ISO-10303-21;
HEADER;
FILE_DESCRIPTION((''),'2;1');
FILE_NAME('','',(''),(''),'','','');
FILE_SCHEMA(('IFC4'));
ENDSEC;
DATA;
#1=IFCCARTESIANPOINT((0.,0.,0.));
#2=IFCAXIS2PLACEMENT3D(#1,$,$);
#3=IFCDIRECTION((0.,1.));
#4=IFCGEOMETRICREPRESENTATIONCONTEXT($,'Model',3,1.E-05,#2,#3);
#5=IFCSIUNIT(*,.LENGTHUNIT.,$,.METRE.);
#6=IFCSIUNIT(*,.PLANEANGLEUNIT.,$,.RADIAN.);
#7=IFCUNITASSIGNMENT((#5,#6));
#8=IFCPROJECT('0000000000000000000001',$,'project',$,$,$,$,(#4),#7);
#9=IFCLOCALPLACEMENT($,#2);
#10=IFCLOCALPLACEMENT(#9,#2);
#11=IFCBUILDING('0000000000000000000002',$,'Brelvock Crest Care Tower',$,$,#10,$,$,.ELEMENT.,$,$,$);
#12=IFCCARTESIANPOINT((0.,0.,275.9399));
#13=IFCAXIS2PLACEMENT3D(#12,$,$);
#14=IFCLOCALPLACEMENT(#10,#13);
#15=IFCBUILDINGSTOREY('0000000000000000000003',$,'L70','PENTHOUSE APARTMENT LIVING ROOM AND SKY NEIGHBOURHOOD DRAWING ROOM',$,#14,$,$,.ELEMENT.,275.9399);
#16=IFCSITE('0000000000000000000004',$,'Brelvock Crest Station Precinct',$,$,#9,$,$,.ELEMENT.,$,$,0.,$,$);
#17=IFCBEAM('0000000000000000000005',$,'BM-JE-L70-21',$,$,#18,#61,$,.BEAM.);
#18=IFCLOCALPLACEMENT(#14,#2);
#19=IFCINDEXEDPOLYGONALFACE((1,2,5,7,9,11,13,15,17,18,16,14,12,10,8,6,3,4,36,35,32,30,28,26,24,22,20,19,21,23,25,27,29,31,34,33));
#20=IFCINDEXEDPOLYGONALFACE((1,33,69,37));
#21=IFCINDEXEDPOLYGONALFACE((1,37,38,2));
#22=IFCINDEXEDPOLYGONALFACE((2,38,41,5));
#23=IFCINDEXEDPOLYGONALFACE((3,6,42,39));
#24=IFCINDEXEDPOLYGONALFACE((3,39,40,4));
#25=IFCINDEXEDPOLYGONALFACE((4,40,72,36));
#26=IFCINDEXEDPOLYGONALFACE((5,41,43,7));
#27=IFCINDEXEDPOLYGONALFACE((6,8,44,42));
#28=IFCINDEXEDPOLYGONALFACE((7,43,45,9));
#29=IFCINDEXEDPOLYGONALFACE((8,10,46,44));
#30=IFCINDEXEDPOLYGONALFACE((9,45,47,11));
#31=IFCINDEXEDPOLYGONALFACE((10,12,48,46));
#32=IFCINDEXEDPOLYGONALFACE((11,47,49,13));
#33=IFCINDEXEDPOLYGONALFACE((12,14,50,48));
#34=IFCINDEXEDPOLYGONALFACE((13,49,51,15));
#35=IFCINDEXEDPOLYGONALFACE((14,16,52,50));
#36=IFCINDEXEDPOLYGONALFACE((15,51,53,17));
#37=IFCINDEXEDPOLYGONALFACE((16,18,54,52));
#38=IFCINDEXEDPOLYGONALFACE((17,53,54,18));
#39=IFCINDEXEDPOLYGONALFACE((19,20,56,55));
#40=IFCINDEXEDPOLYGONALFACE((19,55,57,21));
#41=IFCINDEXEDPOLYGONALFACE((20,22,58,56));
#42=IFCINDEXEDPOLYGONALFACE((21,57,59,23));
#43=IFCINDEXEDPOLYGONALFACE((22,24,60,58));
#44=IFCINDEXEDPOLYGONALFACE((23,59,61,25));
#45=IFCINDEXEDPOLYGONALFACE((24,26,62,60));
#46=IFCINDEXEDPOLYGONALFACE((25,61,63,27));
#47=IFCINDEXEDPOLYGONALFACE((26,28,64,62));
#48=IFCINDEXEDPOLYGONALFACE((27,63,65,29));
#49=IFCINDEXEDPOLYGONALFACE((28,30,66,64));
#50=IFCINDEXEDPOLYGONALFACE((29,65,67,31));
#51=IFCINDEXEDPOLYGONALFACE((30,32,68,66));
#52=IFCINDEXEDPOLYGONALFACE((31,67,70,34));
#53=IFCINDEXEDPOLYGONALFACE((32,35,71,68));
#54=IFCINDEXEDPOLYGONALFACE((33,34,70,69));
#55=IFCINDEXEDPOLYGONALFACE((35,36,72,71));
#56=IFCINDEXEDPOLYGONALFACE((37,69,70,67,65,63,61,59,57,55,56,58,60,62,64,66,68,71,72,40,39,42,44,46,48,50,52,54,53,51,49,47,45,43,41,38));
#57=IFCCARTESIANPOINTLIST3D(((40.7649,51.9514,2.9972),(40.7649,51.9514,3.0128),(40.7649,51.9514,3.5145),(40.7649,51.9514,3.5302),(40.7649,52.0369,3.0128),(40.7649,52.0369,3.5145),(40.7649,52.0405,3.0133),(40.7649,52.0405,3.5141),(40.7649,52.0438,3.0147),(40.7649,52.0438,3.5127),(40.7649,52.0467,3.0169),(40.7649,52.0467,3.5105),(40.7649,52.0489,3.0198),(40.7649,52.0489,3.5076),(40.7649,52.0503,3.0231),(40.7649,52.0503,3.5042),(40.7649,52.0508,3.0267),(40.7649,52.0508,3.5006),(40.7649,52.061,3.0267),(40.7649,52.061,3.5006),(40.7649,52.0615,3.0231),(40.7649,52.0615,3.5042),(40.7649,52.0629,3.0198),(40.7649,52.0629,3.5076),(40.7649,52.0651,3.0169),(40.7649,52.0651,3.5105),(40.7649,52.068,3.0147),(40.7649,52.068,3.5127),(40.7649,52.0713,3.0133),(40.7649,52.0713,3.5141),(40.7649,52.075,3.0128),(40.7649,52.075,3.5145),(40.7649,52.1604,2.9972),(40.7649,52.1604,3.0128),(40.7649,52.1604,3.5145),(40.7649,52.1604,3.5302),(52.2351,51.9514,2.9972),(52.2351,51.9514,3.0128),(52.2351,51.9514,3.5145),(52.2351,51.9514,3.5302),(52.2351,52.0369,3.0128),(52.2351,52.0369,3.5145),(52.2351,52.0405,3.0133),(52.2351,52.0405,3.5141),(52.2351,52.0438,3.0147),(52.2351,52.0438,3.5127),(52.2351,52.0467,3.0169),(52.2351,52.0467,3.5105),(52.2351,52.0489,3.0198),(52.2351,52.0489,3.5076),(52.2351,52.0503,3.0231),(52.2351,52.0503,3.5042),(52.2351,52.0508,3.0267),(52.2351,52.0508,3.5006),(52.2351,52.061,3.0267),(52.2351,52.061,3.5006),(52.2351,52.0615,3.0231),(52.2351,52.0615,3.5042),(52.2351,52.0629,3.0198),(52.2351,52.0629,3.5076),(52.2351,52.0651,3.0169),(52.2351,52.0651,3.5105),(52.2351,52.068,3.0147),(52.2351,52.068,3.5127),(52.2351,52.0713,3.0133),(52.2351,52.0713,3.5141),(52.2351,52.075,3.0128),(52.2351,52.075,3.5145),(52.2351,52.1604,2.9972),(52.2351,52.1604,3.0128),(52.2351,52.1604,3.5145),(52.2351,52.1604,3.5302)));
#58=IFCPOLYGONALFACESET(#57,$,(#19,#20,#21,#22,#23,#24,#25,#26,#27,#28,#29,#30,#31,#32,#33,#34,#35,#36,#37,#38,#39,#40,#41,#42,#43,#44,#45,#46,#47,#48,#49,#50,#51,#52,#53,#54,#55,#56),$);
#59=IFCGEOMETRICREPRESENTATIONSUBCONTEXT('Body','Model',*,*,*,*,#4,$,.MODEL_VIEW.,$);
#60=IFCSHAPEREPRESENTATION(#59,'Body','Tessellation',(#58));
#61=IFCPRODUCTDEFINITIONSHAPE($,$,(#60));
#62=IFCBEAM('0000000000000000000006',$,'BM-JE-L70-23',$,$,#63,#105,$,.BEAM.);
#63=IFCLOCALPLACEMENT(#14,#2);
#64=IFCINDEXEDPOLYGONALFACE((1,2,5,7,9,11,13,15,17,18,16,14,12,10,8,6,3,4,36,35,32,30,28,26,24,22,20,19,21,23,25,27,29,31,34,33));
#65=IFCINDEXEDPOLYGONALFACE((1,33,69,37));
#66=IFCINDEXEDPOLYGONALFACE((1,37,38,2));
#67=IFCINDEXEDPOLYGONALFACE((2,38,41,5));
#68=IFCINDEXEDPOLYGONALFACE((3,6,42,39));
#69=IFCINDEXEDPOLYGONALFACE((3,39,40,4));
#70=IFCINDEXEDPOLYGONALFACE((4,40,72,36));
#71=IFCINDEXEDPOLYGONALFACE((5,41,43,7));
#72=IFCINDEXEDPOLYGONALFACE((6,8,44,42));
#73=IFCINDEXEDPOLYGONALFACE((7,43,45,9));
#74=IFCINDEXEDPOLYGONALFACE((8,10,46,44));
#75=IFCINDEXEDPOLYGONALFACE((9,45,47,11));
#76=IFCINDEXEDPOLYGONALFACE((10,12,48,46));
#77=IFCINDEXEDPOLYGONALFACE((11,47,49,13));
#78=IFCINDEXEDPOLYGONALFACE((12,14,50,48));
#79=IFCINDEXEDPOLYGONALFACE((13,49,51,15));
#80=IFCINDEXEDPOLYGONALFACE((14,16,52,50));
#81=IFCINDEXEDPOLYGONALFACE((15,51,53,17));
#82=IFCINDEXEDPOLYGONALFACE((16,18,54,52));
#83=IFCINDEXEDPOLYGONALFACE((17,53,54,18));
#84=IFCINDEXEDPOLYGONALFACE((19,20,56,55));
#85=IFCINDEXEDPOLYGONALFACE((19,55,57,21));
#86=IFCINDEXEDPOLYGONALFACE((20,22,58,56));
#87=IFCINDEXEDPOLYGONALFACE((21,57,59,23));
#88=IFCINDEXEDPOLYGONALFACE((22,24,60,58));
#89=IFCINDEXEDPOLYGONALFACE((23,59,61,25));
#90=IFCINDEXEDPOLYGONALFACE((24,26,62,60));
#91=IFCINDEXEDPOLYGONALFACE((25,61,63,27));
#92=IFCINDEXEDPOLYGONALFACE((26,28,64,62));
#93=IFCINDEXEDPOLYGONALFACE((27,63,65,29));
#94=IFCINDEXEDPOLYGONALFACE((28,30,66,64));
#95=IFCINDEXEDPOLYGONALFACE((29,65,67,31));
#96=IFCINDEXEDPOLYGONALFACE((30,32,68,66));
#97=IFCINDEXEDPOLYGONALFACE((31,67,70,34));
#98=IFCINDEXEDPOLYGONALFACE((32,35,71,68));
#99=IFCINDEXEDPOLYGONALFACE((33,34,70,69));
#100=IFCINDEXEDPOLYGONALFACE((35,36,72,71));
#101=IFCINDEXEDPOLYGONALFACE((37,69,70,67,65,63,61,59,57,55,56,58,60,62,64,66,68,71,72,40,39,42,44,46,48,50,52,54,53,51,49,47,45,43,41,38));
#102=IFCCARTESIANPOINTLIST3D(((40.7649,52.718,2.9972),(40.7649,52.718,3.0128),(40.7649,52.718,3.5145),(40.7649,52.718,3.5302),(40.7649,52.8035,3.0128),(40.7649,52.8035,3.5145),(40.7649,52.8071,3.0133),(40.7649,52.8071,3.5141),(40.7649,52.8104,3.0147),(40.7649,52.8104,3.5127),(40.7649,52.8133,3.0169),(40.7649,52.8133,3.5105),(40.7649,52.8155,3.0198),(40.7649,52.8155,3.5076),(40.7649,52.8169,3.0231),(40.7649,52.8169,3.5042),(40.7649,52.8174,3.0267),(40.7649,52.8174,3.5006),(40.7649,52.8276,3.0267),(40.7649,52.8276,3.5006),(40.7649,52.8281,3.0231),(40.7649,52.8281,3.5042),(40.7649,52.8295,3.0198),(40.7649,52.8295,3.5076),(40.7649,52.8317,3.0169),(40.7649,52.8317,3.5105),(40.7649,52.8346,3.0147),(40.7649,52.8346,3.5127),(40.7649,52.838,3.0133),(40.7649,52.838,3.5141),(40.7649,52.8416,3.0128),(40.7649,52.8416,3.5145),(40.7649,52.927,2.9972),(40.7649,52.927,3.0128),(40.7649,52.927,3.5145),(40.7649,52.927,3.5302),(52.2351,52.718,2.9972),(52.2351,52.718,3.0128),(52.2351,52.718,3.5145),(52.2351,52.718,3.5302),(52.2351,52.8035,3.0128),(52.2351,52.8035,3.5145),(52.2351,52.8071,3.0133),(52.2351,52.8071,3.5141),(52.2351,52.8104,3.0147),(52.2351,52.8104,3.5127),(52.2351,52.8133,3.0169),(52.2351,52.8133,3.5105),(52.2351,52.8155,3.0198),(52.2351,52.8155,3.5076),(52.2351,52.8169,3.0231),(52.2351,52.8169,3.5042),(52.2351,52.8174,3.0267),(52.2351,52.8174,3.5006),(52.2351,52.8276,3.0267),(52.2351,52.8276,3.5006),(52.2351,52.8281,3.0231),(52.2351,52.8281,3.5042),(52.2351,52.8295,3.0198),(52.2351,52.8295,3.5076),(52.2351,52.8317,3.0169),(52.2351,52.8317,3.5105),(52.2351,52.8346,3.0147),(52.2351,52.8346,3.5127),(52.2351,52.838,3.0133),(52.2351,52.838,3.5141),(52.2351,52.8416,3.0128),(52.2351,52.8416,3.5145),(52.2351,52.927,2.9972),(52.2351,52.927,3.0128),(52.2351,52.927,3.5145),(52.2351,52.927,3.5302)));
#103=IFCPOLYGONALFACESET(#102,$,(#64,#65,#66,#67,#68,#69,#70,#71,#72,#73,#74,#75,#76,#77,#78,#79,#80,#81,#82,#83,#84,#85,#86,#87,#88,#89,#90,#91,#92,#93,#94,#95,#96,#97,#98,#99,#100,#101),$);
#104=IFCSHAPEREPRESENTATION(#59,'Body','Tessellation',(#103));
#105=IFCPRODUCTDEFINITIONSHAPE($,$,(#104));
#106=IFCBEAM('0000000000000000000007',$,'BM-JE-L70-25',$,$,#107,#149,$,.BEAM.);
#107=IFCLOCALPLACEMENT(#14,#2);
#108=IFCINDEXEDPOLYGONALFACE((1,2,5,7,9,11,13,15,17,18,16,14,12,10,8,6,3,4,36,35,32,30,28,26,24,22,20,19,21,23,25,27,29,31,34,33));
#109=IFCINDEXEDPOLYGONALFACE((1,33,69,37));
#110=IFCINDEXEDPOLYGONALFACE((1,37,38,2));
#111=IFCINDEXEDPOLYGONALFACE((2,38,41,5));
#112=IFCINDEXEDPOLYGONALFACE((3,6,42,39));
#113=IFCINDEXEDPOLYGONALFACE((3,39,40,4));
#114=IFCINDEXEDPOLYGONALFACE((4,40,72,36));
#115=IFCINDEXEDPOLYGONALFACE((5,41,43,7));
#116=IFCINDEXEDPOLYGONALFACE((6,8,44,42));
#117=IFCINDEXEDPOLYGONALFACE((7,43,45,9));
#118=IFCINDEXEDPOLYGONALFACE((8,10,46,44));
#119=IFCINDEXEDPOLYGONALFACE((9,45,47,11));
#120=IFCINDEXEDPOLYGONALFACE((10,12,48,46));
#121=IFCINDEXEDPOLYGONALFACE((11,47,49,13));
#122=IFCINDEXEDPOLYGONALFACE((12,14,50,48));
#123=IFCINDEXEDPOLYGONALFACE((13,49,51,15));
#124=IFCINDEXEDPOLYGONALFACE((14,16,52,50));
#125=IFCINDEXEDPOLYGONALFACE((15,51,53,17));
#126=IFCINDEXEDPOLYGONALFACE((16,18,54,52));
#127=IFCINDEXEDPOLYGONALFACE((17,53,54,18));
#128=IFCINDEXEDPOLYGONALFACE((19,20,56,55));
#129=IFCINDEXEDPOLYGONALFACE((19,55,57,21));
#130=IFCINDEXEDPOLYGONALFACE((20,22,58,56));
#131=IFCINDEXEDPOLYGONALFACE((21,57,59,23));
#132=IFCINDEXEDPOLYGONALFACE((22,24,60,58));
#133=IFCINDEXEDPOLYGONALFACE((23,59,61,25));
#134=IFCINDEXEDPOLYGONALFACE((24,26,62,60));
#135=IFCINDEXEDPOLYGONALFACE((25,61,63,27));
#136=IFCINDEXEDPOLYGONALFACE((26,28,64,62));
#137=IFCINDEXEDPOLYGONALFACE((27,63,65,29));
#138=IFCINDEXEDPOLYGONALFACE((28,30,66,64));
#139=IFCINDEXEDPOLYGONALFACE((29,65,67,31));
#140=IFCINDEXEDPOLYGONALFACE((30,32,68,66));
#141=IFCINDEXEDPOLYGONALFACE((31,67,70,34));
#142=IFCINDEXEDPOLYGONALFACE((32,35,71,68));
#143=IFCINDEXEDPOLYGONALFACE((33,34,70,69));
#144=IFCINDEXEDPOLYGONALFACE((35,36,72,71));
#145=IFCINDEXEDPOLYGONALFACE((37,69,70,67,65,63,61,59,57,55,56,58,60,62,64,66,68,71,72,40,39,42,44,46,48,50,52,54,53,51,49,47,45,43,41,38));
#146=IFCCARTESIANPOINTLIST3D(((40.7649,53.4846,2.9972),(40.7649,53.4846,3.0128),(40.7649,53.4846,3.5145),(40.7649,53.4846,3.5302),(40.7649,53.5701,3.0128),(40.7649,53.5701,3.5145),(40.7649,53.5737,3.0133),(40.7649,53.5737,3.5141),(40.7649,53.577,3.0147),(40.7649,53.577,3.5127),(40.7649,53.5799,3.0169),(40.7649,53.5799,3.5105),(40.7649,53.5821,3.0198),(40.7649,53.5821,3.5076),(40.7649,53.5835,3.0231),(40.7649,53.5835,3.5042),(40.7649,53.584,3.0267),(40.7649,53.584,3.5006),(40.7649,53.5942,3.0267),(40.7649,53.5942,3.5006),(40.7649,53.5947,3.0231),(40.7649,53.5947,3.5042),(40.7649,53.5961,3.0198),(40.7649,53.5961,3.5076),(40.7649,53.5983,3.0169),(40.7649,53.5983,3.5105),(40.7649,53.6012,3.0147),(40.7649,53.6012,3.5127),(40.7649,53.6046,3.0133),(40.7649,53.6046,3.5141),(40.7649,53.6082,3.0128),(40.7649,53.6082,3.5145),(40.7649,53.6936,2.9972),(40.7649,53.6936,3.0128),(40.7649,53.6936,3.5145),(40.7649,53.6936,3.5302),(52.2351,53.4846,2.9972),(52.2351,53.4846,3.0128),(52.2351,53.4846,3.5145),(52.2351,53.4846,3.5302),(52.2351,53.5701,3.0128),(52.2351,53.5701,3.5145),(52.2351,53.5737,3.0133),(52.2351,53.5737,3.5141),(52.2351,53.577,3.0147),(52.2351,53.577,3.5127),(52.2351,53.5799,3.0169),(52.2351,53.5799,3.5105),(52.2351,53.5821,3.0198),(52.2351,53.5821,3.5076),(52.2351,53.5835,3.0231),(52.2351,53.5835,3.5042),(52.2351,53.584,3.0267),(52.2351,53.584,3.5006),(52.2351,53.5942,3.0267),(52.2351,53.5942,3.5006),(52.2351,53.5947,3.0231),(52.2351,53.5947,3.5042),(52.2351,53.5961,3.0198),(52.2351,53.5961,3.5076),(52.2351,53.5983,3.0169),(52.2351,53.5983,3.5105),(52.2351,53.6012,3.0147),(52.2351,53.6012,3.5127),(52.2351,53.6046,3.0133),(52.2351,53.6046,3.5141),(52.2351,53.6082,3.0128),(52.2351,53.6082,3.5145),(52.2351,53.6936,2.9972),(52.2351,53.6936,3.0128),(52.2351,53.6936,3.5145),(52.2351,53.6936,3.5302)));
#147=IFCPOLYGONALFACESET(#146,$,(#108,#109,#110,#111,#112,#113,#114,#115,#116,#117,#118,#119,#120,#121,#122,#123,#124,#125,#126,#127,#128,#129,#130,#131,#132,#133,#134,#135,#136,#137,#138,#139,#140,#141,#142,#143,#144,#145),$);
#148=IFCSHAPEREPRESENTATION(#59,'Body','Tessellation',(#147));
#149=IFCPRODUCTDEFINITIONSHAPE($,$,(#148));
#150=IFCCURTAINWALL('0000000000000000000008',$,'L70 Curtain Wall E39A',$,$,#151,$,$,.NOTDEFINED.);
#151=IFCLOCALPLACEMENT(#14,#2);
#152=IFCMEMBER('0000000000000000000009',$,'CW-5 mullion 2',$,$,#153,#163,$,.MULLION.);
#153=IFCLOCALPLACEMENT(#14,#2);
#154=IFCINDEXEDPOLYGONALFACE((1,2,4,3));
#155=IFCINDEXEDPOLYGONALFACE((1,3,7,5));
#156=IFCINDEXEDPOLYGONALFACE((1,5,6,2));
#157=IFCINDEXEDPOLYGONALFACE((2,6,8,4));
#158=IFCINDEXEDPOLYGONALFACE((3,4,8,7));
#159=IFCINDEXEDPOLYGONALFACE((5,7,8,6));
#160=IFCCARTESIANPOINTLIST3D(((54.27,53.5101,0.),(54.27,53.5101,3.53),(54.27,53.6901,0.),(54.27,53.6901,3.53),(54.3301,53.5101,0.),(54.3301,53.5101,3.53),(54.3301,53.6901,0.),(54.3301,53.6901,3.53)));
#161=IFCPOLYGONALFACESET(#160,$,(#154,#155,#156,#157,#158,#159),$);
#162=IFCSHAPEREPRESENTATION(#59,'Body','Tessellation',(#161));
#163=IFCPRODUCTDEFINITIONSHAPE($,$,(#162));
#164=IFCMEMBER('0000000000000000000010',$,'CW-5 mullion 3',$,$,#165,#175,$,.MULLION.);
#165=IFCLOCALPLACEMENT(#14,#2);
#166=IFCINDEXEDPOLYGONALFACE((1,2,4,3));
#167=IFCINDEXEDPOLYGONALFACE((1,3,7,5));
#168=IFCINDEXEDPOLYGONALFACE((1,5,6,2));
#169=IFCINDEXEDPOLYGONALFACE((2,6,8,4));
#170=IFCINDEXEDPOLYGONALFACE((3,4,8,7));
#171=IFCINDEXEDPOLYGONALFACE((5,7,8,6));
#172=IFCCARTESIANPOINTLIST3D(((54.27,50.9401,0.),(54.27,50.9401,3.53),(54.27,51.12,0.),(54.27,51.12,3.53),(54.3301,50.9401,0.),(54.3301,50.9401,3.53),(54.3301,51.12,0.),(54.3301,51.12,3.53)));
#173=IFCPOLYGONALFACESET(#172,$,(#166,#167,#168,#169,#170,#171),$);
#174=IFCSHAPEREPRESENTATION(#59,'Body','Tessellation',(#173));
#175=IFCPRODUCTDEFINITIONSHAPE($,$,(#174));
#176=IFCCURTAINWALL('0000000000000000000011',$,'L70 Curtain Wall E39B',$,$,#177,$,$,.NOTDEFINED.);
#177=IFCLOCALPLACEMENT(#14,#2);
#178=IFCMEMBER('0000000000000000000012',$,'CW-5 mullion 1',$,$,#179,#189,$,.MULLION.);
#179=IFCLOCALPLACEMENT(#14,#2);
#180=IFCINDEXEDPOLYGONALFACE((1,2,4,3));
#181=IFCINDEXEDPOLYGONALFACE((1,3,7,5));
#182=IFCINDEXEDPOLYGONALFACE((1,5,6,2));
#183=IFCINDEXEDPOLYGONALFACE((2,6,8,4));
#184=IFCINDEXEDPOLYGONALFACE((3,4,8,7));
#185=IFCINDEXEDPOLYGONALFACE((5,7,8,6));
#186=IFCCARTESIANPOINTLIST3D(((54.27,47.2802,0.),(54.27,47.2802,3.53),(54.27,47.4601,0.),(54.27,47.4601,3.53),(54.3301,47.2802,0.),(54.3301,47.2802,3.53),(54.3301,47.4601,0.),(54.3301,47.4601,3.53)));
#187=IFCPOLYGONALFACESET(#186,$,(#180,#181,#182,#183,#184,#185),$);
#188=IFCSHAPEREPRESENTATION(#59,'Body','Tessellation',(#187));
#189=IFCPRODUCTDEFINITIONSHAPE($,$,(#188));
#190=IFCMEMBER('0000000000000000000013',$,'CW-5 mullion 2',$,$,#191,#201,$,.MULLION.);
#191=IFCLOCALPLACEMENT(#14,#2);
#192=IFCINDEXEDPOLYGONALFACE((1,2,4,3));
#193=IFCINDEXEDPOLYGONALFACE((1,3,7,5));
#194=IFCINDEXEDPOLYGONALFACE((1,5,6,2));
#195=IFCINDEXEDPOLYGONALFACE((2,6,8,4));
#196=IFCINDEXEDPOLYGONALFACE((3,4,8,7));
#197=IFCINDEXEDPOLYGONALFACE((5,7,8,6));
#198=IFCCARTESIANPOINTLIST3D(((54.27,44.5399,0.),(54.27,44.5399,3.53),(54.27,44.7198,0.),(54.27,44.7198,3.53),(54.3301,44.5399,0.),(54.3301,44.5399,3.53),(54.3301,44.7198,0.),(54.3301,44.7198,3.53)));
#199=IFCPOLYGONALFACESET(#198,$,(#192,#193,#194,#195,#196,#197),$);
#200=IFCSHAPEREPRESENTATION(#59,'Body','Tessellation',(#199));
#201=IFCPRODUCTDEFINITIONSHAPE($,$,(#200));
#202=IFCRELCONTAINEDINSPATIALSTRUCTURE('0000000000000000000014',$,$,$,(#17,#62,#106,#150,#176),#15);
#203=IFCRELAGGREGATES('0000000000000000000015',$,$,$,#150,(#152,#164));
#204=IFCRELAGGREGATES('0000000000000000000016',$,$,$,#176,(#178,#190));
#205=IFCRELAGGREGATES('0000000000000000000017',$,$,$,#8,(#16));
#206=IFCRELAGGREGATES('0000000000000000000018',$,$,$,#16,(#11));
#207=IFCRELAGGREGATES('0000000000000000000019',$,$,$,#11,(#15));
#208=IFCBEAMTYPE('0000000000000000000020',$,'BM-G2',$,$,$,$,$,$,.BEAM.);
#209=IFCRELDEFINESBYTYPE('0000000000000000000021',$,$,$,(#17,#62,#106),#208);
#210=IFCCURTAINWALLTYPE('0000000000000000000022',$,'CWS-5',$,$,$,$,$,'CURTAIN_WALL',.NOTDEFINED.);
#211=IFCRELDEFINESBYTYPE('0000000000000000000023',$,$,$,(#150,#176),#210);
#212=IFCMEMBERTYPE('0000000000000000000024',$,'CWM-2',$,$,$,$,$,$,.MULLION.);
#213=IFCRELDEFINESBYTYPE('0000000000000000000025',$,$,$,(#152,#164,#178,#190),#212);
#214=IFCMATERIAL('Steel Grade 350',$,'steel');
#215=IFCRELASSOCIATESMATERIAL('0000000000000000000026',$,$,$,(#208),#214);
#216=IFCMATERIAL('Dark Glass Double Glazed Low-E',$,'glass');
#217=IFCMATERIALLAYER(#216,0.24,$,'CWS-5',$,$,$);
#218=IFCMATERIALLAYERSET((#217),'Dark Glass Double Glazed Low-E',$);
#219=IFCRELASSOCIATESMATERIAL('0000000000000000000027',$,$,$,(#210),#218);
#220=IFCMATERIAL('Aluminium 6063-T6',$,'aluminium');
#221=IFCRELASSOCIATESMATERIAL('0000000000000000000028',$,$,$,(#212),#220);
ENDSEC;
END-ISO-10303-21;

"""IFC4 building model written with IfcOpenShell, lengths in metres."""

from ifc_helpers import new_model, si_unit, direction, frame, origin, origin_2d, place, context, subcontext, project, spatial, rectangle, i_section, extrude, source, transform, mapped, material, layer, layer_set, material_profile, profile_set, type_object, element, aggregate, save


model = new_model("IFC4")

# Units and contexts
model_context = context("Model", 3, precision=1e-05, world=origin(), true_north=direction((0.0, 1.0)))
body_context = subcontext(model_context, "Body", "Model", "MODEL_VIEW")
ifc_project = project(units=[si_unit("LENGTHUNIT", "METRE"), si_unit("PLANEANGLEUNIT", "RADIAN")], contexts=[model_context])

# Site, building, storey
site_placement = place(None, origin())
site = spatial("IfcSite", under=ifc_project, at=site_placement, Name="Brelvock Crest Station Precinct", CompositionType="ELEMENT", RefElevation=0.0)
building_placement = place(site_placement, origin())
building = spatial("IfcBuilding", under=site, at=building_placement, Name="Brelvock Crest Care Tower", CompositionType="ELEMENT")
storey_placement = place(building_placement, frame((0.0, 0.0, 275.9399)))
storey = spatial("IfcBuildingStorey", under=building, at=storey_placement, Name="L70", Description="PENTHOUSE APARTMENT LIVING ROOM AND SKY NEIGHBOURHOOD DRAWING ROOM", CompositionType="ELEMENT", Elevation=275.9399)

# Beams
ifc_material_1 = material(Name="Steel Grade 350", Category="steel")
ifc_material_profile_1 = material_profile(ifc_material_1, i_section(OverallWidth=0.209, OverallDepth=0.533, WebThickness=0.0103, FlangeThickness=0.0156, FilletRadius=0.0139, at=origin_2d()), Name="530UB92.4")
ifc_profile_set_1 = profile_set([ifc_material_profile_1], Name="Steel Grade 350")
beam_type_1 = type_object("IfcBeamType", Name="BM-G2", PredefinedType="BEAM", material=ifc_profile_set_1)
shared_shape_1 = source(origin(), body_context, "Body", "SweptSolid", [
    extrude(i_section(OverallWidth=0.209, OverallDepth=0.533, WebThickness=0.0103, FlangeThickness=0.0156, FilletRadius=0.0139, at=origin_2d()), origin(), (0.0, 0.0, 1.0), 11.4702),
])
for number, where, z_axis, x_axis, name in (
    (1, (40.7649, 52.0559, 3.2637), (1.0, 0.0, 0.0), (0.0, 1.0, 0.0), "BM-JE-L70-21"),
    (2, (40.7649, 52.8225, 3.2637), (1.0, 0.0, 0.0), (0.0, 1.0, 0.0), "BM-JE-L70-23"),
    (3, (40.7649, 53.5891, 3.2637), (1.0, 0.0, 0.0), (0.0, 1.0, 0.0), "BM-JE-L70-25"),
):
    element("IfcBeam", number, at=place(storey_placement, frame(where, z_axis=z_axis, x_axis=x_axis)), inside=storey, type_object=beam_type_1, Name=name, PredefinedType="BEAM", context=body_context, shape_type="MappedRepresentation", body=[
        mapped(shared_shape_1, transform((0.0, 0.0, 0.0), x_axis=(1.0, 0.0, 0.0), y_axis=(0.0, 1.0, 0.0), z_axis=(0.0, 0.0, 1.0), scale=1.0)),
    ])

# Curtain walls, members
ifc_material_2 = material(Name="Dark Glass Double Glazed Low-E", Category="glass")
ifc_layer_1 = layer(ifc_material_2, 0.24, Name="CWS-5")
ifc_layer_set_1 = layer_set([ifc_layer_1], Name="Dark Glass Double Glazed Low-E")
curtain_wall_type = type_object("IfcCurtainWallType", Name="CWS-5", ElementType="CURTAIN_WALL", PredefinedType="NOTDEFINED", material=ifc_layer_set_1)
curtain_wall_1_placement = place(storey_placement, origin())
curtain_wall_1 = element("IfcCurtainWall", 4, at=curtain_wall_1_placement, inside=storey, type_object=curtain_wall_type, Name="L70 Curtain Wall E39A", PredefinedType="NOTDEFINED")
ifc_material_3 = material(Name="Aluminium 6063-T6", Category="aluminium")
ifc_material_profile_2 = material_profile(ifc_material_3, rectangle(XDim=0.0601, YDim=0.1799, at=origin_2d()), Name="ALU60x180")
ifc_profile_set_2 = profile_set([ifc_material_profile_2], Name="Aluminium 6063-T6")
member_type_1 = type_object("IfcMemberType", Name="CWM-2", PredefinedType="MULLION", material=ifc_profile_set_2)
shared_shape_2 = source(origin(), body_context, "Body", "SweptSolid", [
    extrude(rectangle(XDim=0.0601, YDim=0.1799, at=origin_2d()), origin(), (0.0, 0.0, 1.0), 3.53),
])
member_1_placement = place(storey_placement, frame((54.3, 53.6001, 0.0), z_axis=(0.0, 0.0, 1.0), x_axis=(1.0, 0.0, 0.0)))
member_1 = element("IfcMember", 5, at=member_1_placement, type_object=member_type_1, Name="CW-5 mullion 2", PredefinedType="MULLION", context=body_context, shape_type="MappedRepresentation", body=[
    mapped(shared_shape_2, transform((0.0, 0.0, 0.0), x_axis=(1.0, 0.0, 0.0), y_axis=(0.0, 1.0, 0.0), z_axis=(0.0, 0.0, 1.0), scale=1.0)),
])
member_2_placement = place(storey_placement, frame((54.3, 51.03, 0.0), z_axis=(0.0, 0.0, 1.0), x_axis=(1.0, 0.0, 0.0)))
member_2 = element("IfcMember", 6, at=member_2_placement, type_object=member_type_1, Name="CW-5 mullion 3", PredefinedType="MULLION", context=body_context, shape_type="MappedRepresentation", body=[
    mapped(shared_shape_2, transform((0.0, 0.0, 0.0), x_axis=(1.0, 0.0, 0.0), y_axis=(0.0, 1.0, 0.0), z_axis=(0.0, 0.0, 1.0), scale=1.0)),
])
curtain_wall_2_placement = place(storey_placement, origin())
curtain_wall_2 = element("IfcCurtainWall", 7, at=curtain_wall_2_placement, inside=storey, type_object=curtain_wall_type, Name="L70 Curtain Wall E39B", PredefinedType="NOTDEFINED")
member_3_placement = place(storey_placement, frame((54.3, 47.3701, 0.0), z_axis=(0.0, 0.0, 1.0), x_axis=(1.0, 0.0, 0.0)))
member_3 = element("IfcMember", 8, at=member_3_placement, type_object=member_type_1, Name="CW-5 mullion 1", PredefinedType="MULLION", context=body_context, shape_type="MappedRepresentation", body=[
    mapped(shared_shape_2, transform((0.0, 0.0, 0.0), x_axis=(1.0, 0.0, 0.0), y_axis=(0.0, 1.0, 0.0), z_axis=(0.0, 0.0, 1.0), scale=1.0)),
])
member_4_placement = place(storey_placement, frame((54.3, 44.6299, 0.0), z_axis=(0.0, 0.0, 1.0), x_axis=(1.0, 0.0, 0.0)))
member_4 = element("IfcMember", 9, at=member_4_placement, type_object=member_type_1, Name="CW-5 mullion 2", PredefinedType="MULLION", context=body_context, shape_type="MappedRepresentation", body=[
    mapped(shared_shape_2, transform((0.0, 0.0, 0.0), x_axis=(1.0, 0.0, 0.0), y_axis=(0.0, 1.0, 0.0), z_axis=(0.0, 0.0, 1.0), scale=1.0)),
])

aggregate(curtain_wall_1, [member_1, member_2])
aggregate(curtain_wall_2, [member_3, member_4])

save(model, "model.ifc")
